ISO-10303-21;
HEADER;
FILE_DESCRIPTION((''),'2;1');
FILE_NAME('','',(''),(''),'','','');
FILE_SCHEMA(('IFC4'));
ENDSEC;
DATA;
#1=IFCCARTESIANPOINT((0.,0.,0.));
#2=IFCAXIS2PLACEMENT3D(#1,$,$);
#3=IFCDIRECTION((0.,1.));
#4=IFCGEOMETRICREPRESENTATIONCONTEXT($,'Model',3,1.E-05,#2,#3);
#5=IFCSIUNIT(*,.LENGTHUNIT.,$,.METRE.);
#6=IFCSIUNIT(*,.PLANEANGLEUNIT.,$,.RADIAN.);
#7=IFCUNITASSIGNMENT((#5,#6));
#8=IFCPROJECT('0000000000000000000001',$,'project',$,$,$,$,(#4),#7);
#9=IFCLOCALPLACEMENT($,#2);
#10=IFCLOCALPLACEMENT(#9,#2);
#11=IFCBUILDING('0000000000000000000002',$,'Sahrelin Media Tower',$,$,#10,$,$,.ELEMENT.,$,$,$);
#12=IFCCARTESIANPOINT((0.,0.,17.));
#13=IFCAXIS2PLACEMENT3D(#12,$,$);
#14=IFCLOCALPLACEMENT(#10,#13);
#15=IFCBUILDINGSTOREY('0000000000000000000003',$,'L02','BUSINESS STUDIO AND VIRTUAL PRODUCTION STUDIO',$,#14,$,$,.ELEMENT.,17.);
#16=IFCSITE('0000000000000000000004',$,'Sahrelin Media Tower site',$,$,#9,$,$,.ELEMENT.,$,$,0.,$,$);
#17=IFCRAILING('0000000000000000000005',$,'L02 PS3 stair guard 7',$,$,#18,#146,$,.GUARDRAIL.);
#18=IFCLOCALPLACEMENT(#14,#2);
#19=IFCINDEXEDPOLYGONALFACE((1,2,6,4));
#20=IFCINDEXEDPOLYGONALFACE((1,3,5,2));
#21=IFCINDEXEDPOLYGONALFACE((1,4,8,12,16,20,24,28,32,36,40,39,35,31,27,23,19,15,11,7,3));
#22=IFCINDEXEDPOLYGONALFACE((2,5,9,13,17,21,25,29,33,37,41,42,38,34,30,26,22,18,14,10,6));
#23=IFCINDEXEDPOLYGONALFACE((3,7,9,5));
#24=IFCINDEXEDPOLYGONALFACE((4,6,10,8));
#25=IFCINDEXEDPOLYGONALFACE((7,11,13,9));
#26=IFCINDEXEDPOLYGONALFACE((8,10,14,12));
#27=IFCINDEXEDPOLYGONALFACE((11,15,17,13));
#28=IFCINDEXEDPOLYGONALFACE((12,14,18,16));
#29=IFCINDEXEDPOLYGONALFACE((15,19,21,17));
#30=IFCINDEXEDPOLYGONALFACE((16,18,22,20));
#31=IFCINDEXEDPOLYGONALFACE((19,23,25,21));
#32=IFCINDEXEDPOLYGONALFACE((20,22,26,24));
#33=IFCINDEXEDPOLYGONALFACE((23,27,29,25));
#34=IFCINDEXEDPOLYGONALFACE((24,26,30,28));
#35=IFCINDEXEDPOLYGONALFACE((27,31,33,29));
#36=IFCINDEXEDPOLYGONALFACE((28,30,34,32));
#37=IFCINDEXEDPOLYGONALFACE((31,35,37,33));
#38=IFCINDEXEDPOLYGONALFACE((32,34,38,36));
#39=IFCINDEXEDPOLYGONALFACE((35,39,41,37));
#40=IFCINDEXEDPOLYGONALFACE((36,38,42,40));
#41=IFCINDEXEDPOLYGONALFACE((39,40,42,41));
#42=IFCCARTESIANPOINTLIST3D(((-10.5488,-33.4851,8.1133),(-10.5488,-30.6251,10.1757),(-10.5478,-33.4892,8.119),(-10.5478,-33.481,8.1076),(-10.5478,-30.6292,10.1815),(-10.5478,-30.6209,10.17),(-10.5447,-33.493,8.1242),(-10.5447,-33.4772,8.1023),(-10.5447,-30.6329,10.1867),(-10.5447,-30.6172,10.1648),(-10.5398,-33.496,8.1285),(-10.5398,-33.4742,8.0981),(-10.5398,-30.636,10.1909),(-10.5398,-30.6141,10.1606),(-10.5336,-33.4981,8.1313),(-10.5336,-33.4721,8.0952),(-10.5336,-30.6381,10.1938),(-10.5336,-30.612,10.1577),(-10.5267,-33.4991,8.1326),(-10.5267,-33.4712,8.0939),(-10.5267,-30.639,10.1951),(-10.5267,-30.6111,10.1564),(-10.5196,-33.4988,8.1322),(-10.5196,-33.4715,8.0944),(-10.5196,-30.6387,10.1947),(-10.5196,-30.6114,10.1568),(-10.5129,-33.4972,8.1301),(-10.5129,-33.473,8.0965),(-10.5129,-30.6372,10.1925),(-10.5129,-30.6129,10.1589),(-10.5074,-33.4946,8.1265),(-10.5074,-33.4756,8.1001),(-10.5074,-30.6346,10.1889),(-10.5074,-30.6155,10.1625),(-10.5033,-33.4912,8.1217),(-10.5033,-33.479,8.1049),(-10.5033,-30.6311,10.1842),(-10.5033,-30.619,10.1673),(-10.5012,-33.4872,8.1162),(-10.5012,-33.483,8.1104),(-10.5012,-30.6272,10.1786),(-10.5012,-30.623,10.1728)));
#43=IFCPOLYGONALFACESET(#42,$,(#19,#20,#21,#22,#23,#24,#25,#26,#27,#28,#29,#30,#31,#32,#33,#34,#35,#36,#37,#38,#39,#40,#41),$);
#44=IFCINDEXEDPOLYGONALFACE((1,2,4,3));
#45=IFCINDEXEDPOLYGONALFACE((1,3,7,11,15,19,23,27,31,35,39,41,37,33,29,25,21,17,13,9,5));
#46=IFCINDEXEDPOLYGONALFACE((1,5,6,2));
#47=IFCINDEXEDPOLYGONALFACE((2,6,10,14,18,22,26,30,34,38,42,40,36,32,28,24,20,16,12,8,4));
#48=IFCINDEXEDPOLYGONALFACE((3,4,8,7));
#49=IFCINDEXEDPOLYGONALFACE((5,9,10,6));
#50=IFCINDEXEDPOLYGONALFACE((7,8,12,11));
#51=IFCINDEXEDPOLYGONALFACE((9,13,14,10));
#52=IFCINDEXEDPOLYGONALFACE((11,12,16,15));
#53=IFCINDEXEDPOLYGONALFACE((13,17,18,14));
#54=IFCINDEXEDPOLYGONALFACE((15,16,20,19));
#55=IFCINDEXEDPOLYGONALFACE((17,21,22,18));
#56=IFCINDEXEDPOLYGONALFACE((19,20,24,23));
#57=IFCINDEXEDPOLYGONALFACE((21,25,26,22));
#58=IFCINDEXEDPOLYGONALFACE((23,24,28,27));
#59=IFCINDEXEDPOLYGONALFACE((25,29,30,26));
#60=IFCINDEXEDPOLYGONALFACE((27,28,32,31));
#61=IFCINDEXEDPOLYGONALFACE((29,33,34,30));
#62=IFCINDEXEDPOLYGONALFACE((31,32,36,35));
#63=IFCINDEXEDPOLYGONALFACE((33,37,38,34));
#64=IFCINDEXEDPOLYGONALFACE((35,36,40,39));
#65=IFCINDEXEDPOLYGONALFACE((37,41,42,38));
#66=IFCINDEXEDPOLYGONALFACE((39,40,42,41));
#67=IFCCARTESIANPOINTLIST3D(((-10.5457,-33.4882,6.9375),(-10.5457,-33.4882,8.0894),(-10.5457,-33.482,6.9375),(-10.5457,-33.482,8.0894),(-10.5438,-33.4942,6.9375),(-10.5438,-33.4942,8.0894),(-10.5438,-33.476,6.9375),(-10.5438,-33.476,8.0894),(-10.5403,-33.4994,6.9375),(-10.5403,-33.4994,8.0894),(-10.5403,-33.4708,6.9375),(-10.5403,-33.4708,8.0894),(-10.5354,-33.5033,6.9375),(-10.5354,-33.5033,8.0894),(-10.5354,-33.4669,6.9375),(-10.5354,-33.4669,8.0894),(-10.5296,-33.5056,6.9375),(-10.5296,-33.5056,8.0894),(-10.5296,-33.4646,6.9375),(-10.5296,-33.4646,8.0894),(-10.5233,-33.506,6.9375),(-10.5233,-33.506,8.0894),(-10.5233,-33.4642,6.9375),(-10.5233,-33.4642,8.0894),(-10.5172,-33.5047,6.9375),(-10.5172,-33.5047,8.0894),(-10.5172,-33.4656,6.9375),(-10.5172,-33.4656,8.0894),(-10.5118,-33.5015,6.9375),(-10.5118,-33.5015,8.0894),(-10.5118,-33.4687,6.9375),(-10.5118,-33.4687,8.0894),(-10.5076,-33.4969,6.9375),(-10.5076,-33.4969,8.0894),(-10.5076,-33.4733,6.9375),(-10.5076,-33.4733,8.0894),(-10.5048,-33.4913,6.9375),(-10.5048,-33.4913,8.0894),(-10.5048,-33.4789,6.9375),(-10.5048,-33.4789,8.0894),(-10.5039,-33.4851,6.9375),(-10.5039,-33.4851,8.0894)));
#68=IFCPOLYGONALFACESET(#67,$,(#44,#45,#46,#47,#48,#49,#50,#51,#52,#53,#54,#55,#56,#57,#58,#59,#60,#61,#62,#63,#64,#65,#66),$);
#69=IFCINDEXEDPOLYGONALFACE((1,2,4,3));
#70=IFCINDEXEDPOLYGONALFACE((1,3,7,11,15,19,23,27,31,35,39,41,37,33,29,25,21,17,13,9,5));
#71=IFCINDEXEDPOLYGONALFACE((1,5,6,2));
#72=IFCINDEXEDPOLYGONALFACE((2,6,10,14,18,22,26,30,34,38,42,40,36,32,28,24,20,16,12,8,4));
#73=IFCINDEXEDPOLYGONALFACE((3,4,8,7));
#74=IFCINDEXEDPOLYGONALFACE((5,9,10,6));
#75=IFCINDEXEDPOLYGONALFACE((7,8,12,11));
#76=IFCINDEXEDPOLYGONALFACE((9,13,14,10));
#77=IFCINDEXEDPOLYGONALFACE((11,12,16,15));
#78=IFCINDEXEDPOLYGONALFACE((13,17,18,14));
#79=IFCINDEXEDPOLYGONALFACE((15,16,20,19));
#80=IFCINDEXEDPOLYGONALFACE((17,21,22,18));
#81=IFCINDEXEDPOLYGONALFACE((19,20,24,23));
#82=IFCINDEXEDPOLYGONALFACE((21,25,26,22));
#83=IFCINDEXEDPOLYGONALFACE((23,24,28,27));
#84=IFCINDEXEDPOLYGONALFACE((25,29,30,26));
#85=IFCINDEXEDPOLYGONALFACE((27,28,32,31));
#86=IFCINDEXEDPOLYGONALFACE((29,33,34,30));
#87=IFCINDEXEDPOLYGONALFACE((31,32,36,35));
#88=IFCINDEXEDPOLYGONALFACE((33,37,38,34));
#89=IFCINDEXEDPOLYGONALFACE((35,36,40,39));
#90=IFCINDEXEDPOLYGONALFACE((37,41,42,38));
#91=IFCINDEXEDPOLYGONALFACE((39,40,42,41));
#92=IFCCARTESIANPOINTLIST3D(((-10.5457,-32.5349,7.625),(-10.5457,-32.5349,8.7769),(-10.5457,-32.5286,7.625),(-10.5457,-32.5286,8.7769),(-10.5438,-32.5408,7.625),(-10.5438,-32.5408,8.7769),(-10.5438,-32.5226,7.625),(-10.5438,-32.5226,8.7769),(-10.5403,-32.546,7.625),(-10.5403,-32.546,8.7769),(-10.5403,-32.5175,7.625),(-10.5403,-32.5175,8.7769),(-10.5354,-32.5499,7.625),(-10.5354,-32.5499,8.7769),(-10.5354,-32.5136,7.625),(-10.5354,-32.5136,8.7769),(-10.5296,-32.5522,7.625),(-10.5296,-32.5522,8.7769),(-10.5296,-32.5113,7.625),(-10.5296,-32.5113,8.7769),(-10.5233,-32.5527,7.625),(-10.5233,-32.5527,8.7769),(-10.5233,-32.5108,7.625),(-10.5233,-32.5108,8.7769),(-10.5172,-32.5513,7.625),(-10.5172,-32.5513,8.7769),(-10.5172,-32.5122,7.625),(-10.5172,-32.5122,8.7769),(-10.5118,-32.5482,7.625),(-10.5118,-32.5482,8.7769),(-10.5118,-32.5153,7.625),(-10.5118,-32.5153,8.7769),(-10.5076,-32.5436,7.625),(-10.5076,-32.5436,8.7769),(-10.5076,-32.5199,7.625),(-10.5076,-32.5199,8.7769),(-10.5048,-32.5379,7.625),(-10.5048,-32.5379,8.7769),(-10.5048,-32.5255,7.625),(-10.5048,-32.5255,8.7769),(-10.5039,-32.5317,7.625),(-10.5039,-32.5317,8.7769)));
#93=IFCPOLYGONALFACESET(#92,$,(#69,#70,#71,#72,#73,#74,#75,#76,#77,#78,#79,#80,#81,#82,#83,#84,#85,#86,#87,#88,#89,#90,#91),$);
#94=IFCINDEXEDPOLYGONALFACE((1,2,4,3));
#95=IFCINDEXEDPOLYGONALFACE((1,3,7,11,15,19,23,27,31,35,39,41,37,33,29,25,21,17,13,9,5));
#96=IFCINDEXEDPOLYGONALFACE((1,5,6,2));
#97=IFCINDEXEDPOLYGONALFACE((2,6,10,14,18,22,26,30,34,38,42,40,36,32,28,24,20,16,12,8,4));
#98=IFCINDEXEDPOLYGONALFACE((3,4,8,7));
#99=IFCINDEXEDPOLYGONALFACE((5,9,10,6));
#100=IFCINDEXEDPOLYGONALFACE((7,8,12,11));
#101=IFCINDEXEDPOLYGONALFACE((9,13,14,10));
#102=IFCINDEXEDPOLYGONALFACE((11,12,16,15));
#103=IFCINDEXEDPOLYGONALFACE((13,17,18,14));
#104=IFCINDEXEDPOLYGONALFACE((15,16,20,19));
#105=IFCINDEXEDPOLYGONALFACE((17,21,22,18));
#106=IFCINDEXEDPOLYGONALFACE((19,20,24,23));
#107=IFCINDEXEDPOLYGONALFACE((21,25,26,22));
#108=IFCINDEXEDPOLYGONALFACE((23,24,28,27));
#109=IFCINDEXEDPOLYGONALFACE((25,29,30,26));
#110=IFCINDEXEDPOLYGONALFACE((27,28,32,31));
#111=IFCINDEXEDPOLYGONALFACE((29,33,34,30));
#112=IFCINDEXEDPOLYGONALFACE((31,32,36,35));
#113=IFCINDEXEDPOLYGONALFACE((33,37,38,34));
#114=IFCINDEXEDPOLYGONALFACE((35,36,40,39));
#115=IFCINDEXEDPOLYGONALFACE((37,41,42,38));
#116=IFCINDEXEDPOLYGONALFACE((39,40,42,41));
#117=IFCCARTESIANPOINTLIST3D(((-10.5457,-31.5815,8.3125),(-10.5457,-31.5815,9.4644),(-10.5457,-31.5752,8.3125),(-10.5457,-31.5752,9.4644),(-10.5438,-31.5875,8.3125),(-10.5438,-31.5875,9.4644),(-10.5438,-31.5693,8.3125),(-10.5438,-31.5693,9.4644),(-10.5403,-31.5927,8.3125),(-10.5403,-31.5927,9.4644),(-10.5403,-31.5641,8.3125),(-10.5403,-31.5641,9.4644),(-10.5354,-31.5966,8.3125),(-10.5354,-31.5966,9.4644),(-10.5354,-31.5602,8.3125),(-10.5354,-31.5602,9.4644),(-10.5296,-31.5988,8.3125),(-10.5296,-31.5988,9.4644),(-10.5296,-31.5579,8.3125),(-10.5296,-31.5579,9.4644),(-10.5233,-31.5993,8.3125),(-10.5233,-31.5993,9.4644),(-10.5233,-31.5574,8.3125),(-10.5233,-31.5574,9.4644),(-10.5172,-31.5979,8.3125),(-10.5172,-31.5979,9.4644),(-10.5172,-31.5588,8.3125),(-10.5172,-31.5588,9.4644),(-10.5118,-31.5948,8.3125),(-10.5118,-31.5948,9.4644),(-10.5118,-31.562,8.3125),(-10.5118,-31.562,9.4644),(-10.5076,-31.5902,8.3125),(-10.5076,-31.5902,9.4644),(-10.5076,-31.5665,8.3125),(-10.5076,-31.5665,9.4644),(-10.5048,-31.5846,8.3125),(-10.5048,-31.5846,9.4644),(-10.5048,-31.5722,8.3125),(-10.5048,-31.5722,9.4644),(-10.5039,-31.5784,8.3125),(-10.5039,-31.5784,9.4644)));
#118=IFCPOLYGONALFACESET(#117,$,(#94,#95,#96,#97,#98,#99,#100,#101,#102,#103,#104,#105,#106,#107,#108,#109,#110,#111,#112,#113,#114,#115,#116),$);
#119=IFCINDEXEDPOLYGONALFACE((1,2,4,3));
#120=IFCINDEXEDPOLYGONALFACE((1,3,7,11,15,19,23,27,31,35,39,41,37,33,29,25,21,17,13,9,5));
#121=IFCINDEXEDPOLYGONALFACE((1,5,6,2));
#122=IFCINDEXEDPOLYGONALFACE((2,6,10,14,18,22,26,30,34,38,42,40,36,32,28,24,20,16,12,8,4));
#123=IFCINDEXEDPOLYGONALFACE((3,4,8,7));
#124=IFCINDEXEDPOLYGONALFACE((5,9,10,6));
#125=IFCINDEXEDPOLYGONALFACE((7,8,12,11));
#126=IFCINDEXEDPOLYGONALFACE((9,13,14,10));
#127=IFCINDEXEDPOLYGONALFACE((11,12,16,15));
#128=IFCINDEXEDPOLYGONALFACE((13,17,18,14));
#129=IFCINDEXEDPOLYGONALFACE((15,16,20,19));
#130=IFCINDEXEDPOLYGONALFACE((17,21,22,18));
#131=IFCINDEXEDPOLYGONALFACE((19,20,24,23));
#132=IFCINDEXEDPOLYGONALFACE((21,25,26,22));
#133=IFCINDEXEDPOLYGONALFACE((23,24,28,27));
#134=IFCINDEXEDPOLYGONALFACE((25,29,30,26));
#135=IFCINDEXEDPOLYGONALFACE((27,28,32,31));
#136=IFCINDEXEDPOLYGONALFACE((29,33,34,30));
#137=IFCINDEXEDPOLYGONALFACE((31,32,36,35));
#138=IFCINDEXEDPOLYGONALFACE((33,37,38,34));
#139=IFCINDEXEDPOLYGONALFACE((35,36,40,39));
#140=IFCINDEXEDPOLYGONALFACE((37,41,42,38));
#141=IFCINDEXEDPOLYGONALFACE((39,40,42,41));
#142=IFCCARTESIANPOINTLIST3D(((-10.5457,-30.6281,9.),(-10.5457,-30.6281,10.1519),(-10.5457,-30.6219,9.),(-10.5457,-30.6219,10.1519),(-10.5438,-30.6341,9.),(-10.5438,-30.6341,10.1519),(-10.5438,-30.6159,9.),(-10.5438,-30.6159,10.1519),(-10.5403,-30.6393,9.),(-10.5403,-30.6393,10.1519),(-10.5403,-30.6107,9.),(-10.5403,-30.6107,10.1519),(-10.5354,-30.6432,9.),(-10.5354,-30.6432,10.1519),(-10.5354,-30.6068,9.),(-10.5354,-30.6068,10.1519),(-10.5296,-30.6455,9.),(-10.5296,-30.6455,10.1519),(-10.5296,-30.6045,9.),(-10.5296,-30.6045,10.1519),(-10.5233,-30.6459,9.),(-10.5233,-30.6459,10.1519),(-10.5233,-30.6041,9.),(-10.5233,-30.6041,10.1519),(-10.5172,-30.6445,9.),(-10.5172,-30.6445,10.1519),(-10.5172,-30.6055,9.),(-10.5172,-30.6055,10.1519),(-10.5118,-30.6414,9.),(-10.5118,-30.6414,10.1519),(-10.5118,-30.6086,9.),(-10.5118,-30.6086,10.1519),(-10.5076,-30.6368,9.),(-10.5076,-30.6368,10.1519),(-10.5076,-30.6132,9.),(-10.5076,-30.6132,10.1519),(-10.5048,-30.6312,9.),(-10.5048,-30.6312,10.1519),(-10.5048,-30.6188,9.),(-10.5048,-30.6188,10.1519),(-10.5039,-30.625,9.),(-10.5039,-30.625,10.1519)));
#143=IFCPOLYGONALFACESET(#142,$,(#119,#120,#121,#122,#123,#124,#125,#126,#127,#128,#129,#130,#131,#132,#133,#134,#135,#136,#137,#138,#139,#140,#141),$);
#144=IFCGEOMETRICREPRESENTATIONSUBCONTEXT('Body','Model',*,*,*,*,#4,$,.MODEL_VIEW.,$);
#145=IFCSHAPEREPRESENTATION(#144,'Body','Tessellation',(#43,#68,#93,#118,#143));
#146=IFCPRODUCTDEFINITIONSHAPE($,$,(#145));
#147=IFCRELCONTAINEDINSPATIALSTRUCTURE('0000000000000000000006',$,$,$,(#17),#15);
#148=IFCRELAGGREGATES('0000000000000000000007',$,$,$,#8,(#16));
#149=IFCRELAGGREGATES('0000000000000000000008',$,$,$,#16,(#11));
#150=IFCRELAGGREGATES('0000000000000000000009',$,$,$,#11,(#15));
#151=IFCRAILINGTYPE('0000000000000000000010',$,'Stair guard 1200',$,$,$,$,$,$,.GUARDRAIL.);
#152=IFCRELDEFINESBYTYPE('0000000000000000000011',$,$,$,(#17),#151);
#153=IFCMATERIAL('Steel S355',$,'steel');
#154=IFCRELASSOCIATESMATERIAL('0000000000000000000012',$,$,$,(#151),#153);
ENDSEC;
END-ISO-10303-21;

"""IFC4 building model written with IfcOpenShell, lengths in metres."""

from ifc_helpers import new_model, si_unit, direction, frame, origin, origin_2d, place, context, subcontext, project, spatial, circle, extrude, material, type_object, element, save


model = new_model("IFC4")

# Units and contexts
model_context = context("Model", 3, precision=1e-05, world=origin(), true_north=direction((0.0, 1.0)))
body_context = subcontext(model_context, "Body", "Model", "MODEL_VIEW")
ifc_project = project(units=[si_unit("LENGTHUNIT", "METRE"), si_unit("PLANEANGLEUNIT", "RADIAN")], contexts=[model_context])

# Site, building, storey
site_placement = place(None, origin())
site = spatial("IfcSite", under=ifc_project, at=site_placement, Name="Sahrelin Media Tower site", CompositionType="ELEMENT", RefElevation=0.0)
building_placement = place(site_placement, origin())
building = spatial("IfcBuilding", under=site, at=building_placement, Name="Sahrelin Media Tower", CompositionType="ELEMENT")
storey_placement = place(building_placement, frame((0.0, 0.0, 17.0)))
storey = spatial("IfcBuildingStorey", under=building, at=storey_placement, Name="L02", Description="BUSINESS STUDIO AND VIRTUAL PRODUCTION STUDIO", CompositionType="ELEMENT", Elevation=17.0)

# Shared definitions
ifc_material_1 = material(Name="Steel S355", Category="steel")

# Railing
railing_type_1 = type_object("IfcRailingType", Name="Stair guard 1200", PredefinedType="GUARDRAIL", material=ifc_material_1)
railing_1_placement = place(storey_placement, frame((-10.5249, -33.4851, 6.9375)))
element("IfcRailing", 1, at=railing_1_placement, inside=storey, type_object=railing_type_1, Name="L02 PS3 stair guard 7", PredefinedType="GUARDRAIL", context=body_context, shape_type="SweptSolid", body=[
    extrude(circle(Radius=0.0239, at=origin_2d()), frame((0.0, 0.0, 1.1758), z_axis=(0.0, 0.811101, 0.584906), x_axis=(-1.0, 0.0, 0.0)), (0.0, 0.0, 1.0), 3.5261),
    extrude(circle(Radius=0.021, at=origin_2d()), origin(), (0.0, 0.0, 1.0), 1.1519),
    extrude(circle(Radius=0.021, at=origin_2d()), frame((0.0, 0.9534, 0.6875)), (0.0, 0.0, 1.0), 1.1519),
    extrude(circle(Radius=0.021, at=origin_2d()), frame((0.0, 1.9067, 1.375)), (0.0, 0.0, 1.0), 1.1519),
    extrude(circle(Radius=0.021, at=origin_2d()), frame((0.0, 2.8601, 2.0625)), (0.0, 0.0, 1.0), 1.1519),
])

save(model, "model.ifc")
